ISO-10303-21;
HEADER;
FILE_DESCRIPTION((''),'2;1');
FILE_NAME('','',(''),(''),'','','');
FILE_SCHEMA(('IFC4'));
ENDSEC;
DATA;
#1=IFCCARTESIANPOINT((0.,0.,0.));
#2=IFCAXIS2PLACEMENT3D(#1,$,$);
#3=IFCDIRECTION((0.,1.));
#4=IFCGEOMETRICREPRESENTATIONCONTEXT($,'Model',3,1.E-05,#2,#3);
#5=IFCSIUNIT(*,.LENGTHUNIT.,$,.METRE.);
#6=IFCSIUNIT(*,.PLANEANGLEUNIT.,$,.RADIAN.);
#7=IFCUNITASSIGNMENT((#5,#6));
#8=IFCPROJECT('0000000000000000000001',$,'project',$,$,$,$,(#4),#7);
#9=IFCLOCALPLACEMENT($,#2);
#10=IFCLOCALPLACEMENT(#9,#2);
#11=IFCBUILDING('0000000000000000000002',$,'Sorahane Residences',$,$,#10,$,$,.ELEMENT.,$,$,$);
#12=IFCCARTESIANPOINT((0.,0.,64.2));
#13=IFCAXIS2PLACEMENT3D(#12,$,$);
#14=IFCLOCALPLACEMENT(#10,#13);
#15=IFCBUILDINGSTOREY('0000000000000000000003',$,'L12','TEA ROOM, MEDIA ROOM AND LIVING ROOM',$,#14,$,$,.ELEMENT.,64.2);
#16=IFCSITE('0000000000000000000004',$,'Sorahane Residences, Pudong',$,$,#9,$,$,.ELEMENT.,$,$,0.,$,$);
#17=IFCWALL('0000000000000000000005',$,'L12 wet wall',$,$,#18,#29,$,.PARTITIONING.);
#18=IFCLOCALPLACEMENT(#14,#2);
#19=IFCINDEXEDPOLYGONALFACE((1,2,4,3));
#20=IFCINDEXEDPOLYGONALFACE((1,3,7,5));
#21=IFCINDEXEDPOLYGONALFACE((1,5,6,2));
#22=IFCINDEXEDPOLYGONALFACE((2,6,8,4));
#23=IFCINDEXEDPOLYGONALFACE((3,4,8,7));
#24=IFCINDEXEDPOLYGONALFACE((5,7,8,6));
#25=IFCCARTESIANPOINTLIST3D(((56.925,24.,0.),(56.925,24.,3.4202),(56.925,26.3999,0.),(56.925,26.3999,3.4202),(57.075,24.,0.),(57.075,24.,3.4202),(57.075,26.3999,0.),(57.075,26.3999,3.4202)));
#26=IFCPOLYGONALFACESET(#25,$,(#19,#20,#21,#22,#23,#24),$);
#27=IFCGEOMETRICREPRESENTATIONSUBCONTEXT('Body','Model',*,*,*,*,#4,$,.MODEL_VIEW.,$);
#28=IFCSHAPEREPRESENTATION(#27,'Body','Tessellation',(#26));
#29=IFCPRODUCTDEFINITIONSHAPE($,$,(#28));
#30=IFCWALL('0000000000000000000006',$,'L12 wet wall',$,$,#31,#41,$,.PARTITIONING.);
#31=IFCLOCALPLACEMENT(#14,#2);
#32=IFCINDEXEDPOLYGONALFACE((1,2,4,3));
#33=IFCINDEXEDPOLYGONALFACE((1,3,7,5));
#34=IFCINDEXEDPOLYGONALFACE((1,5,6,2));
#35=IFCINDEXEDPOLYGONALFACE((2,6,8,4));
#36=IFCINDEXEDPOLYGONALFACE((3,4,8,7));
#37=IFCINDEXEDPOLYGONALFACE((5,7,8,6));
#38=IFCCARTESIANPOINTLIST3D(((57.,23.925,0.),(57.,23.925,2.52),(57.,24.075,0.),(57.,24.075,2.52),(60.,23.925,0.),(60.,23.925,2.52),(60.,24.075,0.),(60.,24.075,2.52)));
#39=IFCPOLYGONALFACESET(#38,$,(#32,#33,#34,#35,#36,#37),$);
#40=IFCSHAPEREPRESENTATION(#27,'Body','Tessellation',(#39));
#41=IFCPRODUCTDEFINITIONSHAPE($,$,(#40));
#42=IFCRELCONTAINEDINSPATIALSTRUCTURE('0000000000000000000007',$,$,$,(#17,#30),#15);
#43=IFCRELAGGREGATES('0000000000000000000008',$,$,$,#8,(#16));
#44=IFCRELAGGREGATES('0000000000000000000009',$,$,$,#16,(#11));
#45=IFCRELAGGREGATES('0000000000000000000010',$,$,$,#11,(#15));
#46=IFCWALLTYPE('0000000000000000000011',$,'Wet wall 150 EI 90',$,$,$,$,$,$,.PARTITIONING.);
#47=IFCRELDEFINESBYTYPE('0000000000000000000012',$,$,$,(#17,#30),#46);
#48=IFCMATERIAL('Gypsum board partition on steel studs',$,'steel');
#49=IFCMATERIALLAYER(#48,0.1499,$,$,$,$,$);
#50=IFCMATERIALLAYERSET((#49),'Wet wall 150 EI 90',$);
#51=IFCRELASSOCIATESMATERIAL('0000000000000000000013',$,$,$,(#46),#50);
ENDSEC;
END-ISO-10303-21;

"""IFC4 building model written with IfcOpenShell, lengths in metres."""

from ifc_helpers import new_model, si_unit, direction, frame, frame_2d, origin, place, context, subcontext, project, spatial, rectangle, extrude, material, layer, layer_set, type_object, element, save


model = new_model("IFC4")

# Units and contexts
model_context = context("Model", 3, precision=1e-05, world=origin(), true_north=direction((0.0, 1.0)))
body_context = subcontext(model_context, "Body", "Model", "MODEL_VIEW")
ifc_project = project(units=[si_unit("LENGTHUNIT", "METRE"), si_unit("PLANEANGLEUNIT", "RADIAN")], contexts=[model_context])

# Site, building, storey
site_placement = place(None, origin())
site = spatial("IfcSite", under=ifc_project, at=site_placement, Name="Sorahane Residences, Pudong", CompositionType="ELEMENT", RefElevation=0.0)
building_placement = place(site_placement, origin())
building = spatial("IfcBuilding", under=site, at=building_placement, Name="Sorahane Residences", CompositionType="ELEMENT")
storey_placement = place(building_placement, frame((0.0, 0.0, 64.2)))
storey = spatial("IfcBuildingStorey", under=building, at=storey_placement, Name="L12", Description="TEA ROOM, MEDIA ROOM AND LIVING ROOM", CompositionType="ELEMENT", Elevation=64.2)

# Wall
ifc_material_1 = material(Name="Gypsum board partition on steel studs", Category="steel")
ifc_layer_1 = layer(ifc_material_1, 0.1499)
ifc_layer_set_1 = layer_set([ifc_layer_1], Name="Wet wall 150 EI 90")
wall_type_1 = type_object("IfcWallType", Name="Wet wall 150 EI 90", PredefinedType="PARTITIONING", material=ifc_layer_set_1)
wall_1_placement = place(storey_placement, frame((57.0, 24.0, 0.0), z_axis=(0.0, 0.0, 1.0), x_axis=(0.0, 1.0, 0.0)))
element("IfcWall", 1, at=wall_1_placement, inside=storey, type_object=wall_type_1, Name="L12 wet wall", PredefinedType="PARTITIONING", context=body_context, shape_type="SweptSolid", body=[
    extrude(rectangle(XDim=2.3999, YDim=0.1499, at=frame_2d((1.2, 0.0))), origin(), (0.0, 0.0, 1.0), 3.4202),
])

# Wall
wall_2_placement = place(storey_placement, frame((57.0, 24.0, 0.0), z_axis=(0.0, 0.0, 1.0), x_axis=(1.0, 0.0, 0.0)))
element("IfcWall", 2, at=wall_2_placement, inside=storey, type_object=wall_type_1, Name="L12 wet wall", PredefinedType="PARTITIONING", context=body_context, shape_type="SweptSolid", body=[
    extrude(rectangle(XDim=3.0, YDim=0.1499, at=frame_2d((1.5, 0.0))), origin(), (0.0, 0.0, 1.0), 2.52),
])

save(model, "model.ifc")
